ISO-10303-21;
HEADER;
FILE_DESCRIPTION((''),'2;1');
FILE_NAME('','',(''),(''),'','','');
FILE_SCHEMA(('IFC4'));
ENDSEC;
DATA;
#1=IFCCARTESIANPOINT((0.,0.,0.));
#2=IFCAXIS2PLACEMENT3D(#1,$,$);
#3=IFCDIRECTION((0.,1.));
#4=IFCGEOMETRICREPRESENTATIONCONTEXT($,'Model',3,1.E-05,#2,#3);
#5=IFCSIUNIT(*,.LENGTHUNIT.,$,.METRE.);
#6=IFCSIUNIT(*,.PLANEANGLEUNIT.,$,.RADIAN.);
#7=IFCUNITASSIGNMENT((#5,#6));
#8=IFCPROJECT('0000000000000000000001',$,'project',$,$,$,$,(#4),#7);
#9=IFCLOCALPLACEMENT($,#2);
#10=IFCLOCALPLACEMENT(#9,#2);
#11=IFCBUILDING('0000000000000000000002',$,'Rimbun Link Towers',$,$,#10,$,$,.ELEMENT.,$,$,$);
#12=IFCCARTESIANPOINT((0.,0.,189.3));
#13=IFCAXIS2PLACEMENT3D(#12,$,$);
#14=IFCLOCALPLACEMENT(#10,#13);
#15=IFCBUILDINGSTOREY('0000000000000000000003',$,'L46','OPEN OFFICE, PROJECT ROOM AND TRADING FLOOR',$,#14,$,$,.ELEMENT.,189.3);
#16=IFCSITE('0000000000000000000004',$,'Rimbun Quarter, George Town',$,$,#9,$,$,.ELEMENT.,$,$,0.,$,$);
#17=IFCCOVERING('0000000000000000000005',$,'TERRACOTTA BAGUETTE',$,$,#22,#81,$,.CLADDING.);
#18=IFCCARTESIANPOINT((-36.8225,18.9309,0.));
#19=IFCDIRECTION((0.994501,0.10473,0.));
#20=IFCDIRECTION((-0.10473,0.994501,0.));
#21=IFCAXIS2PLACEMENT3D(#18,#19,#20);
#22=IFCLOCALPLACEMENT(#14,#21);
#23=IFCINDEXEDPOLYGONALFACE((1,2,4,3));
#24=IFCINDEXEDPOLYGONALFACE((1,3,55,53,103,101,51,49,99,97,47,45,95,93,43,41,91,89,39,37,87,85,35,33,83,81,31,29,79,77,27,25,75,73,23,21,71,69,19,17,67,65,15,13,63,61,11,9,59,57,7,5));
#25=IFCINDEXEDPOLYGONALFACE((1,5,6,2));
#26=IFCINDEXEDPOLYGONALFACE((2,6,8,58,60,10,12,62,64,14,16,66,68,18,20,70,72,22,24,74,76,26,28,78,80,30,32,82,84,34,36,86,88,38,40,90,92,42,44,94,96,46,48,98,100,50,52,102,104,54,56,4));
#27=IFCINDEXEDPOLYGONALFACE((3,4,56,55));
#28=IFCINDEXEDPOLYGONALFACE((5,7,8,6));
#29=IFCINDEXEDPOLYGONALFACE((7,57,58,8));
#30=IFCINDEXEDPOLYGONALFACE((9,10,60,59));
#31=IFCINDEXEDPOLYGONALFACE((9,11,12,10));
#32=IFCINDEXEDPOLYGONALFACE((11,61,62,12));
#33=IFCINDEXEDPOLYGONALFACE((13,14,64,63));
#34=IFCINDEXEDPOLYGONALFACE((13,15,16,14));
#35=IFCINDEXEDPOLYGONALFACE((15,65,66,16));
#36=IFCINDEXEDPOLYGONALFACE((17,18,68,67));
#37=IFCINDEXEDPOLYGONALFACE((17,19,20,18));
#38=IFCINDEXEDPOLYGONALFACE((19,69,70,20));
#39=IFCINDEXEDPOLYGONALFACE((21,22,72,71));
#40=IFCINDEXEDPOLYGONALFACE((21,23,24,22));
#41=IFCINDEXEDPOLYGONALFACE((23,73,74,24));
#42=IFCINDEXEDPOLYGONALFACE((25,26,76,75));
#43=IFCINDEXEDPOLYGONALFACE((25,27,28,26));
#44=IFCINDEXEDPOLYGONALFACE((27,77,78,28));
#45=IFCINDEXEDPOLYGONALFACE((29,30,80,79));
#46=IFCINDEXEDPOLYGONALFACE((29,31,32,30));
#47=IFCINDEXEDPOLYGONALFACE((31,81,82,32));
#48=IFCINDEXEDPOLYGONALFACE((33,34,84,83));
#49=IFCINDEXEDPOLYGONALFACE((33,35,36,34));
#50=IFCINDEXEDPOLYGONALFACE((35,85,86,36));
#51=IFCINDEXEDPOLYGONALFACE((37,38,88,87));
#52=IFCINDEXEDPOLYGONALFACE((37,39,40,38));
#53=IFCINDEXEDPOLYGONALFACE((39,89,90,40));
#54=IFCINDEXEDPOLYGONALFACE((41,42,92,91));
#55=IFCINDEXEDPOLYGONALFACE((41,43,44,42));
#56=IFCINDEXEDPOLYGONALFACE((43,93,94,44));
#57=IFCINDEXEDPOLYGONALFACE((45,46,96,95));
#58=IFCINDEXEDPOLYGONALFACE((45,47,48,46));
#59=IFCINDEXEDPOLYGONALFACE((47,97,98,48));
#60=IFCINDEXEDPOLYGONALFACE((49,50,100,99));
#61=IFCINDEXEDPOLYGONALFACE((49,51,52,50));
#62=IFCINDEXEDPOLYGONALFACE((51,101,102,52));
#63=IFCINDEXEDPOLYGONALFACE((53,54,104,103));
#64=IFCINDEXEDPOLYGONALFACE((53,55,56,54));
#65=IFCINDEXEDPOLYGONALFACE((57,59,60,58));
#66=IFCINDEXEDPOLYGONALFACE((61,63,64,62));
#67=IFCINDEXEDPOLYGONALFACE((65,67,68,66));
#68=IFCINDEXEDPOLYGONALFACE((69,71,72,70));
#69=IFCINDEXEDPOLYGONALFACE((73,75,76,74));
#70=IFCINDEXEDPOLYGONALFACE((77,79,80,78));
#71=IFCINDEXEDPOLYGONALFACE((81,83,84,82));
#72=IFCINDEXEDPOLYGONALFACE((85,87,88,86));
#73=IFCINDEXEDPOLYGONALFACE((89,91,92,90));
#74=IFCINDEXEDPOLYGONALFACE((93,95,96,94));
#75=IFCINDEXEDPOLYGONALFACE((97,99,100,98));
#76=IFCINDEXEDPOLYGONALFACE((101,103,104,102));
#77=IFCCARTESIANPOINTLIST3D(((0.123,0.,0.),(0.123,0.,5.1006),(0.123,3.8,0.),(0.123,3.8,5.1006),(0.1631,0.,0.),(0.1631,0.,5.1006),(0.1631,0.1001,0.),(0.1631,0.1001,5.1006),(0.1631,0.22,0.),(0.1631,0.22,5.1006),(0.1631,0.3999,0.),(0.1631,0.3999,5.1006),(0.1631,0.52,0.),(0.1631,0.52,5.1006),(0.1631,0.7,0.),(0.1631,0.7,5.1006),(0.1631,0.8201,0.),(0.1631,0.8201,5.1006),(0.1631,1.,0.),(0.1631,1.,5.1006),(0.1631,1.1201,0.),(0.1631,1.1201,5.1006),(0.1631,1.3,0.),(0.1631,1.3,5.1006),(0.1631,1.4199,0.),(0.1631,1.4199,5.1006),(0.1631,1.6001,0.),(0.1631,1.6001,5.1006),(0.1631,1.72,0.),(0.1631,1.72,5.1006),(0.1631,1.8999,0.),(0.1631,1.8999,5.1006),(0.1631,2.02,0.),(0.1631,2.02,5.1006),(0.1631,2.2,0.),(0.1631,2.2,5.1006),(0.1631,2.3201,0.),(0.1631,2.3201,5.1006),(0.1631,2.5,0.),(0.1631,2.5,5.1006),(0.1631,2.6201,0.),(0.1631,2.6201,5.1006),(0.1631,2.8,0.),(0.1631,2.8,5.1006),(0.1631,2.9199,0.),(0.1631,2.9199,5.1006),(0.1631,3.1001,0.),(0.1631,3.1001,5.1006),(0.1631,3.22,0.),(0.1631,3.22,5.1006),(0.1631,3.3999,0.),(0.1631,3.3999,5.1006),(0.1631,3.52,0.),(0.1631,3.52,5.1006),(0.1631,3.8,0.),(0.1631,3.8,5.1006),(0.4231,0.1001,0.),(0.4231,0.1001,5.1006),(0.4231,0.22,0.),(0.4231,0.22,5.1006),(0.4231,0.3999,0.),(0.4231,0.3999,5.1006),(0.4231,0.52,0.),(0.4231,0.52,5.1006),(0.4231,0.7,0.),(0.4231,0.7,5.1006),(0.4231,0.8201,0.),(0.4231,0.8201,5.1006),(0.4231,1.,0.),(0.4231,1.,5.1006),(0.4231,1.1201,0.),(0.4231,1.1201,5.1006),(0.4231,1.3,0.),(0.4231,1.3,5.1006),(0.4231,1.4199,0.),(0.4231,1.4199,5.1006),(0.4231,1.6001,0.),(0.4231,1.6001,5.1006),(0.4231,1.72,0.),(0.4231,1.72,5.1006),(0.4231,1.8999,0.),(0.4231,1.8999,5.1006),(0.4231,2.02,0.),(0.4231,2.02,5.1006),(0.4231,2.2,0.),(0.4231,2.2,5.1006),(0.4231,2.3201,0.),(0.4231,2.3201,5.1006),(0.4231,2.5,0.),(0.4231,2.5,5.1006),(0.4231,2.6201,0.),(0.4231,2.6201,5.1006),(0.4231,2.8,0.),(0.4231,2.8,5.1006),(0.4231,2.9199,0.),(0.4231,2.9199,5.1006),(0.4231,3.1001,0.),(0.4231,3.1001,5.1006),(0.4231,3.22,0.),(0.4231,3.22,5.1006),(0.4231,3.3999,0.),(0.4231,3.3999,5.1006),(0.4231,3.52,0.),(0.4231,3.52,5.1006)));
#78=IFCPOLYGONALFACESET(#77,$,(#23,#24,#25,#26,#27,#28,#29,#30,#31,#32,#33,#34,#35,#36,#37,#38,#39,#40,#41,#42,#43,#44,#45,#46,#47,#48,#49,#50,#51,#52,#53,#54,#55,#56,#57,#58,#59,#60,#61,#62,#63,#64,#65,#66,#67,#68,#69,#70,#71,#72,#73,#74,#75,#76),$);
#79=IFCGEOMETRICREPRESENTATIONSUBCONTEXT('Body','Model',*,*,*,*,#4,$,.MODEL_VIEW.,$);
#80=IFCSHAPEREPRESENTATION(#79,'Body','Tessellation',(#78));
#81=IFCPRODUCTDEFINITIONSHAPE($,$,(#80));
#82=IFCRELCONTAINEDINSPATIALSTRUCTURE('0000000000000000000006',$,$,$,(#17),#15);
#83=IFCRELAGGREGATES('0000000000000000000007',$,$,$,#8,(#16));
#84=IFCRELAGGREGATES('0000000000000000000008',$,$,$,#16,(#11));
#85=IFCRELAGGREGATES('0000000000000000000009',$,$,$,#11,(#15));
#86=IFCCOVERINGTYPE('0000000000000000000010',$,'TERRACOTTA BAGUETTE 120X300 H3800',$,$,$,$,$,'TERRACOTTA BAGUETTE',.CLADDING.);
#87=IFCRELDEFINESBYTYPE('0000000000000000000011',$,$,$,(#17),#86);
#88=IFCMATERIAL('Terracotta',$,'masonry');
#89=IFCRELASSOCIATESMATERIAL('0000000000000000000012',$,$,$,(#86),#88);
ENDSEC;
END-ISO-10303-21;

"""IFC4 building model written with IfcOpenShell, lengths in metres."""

from ifc_helpers import new_model, si_unit, direction, frame, origin, place, context, subcontext, project, spatial, polyline, outline, extrude, material, material_profile, profile_set, type_object, element, save


model = new_model("IFC4")

# Units and contexts
model_context = context("Model", 3, precision=1e-05, world=origin(), true_north=direction((0.0, 1.0)))
body_context = subcontext(model_context, "Body", "Model", "MODEL_VIEW")
ifc_project = project(units=[si_unit("LENGTHUNIT", "METRE"), si_unit("PLANEANGLEUNIT", "RADIAN")], contexts=[model_context])

# Site, building, storey
site_placement = place(None, origin())
site = spatial("IfcSite", under=ifc_project, at=site_placement, Name="Rimbun Quarter, George Town", CompositionType="ELEMENT", RefElevation=0.0)
building_placement = place(site_placement, origin())
building = spatial("IfcBuilding", under=site, at=building_placement, Name="Rimbun Link Towers", CompositionType="ELEMENT")
storey_placement = place(building_placement, frame((0.0, 0.0, 189.3)))
storey = spatial("IfcBuildingStorey", under=building, at=storey_placement, Name="L46", Description="OPEN OFFICE, PROJECT ROOM AND TRADING FLOOR", CompositionType="ELEMENT", Elevation=189.3)

# Covering
ifc_material_1 = material(Name="Terracotta", Category="masonry")
ifc_material_profile_1 = material_profile(ifc_material_1, outline(polyline([(0.123, 0.0), (0.1631, 0.0), (0.1631, 0.1001), (0.4231, 0.1001), (0.4231, 0.22), (0.1631, 0.22), (0.1631, 0.3999), (0.4231, 0.3999), (0.4231, 0.52), (0.1631, 0.52), (0.1631, 0.7), (0.4231, 0.7), (0.4231, 0.8201), (0.1631, 0.8201), (0.1631, 1.0), (0.4231, 1.0), (0.4231, 1.1201), (0.1631, 1.1201), (0.1631, 1.3), (0.4231, 1.3), (0.4231, 1.4199), (0.1631, 1.4199), (0.1631, 1.6001), (0.4231, 1.6001), (0.4231, 1.72), (0.1631, 1.72), (0.1631, 1.8999), (0.4231, 1.8999), (0.4231, 2.02), (0.1631, 2.02), (0.1631, 2.2), (0.4231, 2.2), (0.4231, 2.3201), (0.1631, 2.3201), (0.1631, 2.5), (0.4231, 2.5), (0.4231, 2.6201), (0.1631, 2.6201), (0.1631, 2.8), (0.4231, 2.8), (0.4231, 2.9199), (0.1631, 2.9199), (0.1631, 3.1001), (0.4231, 3.1001), (0.4231, 3.22), (0.1631, 3.22), (0.1631, 3.3999), (0.4231, 3.3999), (0.4231, 3.52), (0.1631, 3.52), (0.1631, 3.8), (0.123, 3.8), (0.123, 0.0)])), Name="BAGUETTE 120X300")
ifc_profile_set_1 = profile_set([ifc_material_profile_1], Name="Terracotta")
covering_type = type_object("IfcCoveringType", Name="TERRACOTTA BAGUETTE 120X300 H3800", ElementType="TERRACOTTA BAGUETTE", PredefinedType="CLADDING", material=ifc_profile_set_1)
for number, where, z_axis, x_axis, name in (
    (1, (-36.8225, 18.9309, 0.0), (0.994501, 0.10473, 0.0), (-0.10473, 0.994501, 0.0), "TERRACOTTA BAGUETTE"),
):
    element("IfcCovering", number, at=place(storey_placement, frame(where, z_axis=z_axis, x_axis=x_axis)), inside=storey, type_object=covering_type, Name=name, PredefinedType="CLADDING", context=body_context, shape_type="SweptSolid", body=[
        extrude(outline(polyline([(0.123, 0.0), (0.1631, 0.0), (0.1631, 0.1001), (0.4231, 0.1001), (0.4231, 0.22), (0.1631, 0.22), (0.1631, 0.3999), (0.4231, 0.3999), (0.4231, 0.52), (0.1631, 0.52), (0.1631, 0.7), (0.4231, 0.7), (0.4231, 0.8201), (0.1631, 0.8201), (0.1631, 1.0), (0.4231, 1.0), (0.4231, 1.1201), (0.1631, 1.1201), (0.1631, 1.3), (0.4231, 1.3), (0.4231, 1.4199), (0.1631, 1.4199), (0.1631, 1.6001), (0.4231, 1.6001), (0.4231, 1.72), (0.1631, 1.72), (0.1631, 1.8999), (0.4231, 1.8999), (0.4231, 2.02), (0.1631, 2.02), (0.1631, 2.2), (0.4231, 2.2), (0.4231, 2.3201), (0.1631, 2.3201), (0.1631, 2.5), (0.4231, 2.5), (0.4231, 2.6201), (0.1631, 2.6201), (0.1631, 2.8), (0.4231, 2.8), (0.4231, 2.9199), (0.1631, 2.9199), (0.1631, 3.1001), (0.4231, 3.1001), (0.4231, 3.22), (0.1631, 3.22), (0.1631, 3.3999), (0.4231, 3.3999), (0.4231, 3.52), (0.1631, 3.52), (0.1631, 3.8), (0.123, 3.8), (0.123, 0.0)])), origin(), (0.0, 0.0, 1.0), 5.1006),
    ])

save(model, "model.ifc")
